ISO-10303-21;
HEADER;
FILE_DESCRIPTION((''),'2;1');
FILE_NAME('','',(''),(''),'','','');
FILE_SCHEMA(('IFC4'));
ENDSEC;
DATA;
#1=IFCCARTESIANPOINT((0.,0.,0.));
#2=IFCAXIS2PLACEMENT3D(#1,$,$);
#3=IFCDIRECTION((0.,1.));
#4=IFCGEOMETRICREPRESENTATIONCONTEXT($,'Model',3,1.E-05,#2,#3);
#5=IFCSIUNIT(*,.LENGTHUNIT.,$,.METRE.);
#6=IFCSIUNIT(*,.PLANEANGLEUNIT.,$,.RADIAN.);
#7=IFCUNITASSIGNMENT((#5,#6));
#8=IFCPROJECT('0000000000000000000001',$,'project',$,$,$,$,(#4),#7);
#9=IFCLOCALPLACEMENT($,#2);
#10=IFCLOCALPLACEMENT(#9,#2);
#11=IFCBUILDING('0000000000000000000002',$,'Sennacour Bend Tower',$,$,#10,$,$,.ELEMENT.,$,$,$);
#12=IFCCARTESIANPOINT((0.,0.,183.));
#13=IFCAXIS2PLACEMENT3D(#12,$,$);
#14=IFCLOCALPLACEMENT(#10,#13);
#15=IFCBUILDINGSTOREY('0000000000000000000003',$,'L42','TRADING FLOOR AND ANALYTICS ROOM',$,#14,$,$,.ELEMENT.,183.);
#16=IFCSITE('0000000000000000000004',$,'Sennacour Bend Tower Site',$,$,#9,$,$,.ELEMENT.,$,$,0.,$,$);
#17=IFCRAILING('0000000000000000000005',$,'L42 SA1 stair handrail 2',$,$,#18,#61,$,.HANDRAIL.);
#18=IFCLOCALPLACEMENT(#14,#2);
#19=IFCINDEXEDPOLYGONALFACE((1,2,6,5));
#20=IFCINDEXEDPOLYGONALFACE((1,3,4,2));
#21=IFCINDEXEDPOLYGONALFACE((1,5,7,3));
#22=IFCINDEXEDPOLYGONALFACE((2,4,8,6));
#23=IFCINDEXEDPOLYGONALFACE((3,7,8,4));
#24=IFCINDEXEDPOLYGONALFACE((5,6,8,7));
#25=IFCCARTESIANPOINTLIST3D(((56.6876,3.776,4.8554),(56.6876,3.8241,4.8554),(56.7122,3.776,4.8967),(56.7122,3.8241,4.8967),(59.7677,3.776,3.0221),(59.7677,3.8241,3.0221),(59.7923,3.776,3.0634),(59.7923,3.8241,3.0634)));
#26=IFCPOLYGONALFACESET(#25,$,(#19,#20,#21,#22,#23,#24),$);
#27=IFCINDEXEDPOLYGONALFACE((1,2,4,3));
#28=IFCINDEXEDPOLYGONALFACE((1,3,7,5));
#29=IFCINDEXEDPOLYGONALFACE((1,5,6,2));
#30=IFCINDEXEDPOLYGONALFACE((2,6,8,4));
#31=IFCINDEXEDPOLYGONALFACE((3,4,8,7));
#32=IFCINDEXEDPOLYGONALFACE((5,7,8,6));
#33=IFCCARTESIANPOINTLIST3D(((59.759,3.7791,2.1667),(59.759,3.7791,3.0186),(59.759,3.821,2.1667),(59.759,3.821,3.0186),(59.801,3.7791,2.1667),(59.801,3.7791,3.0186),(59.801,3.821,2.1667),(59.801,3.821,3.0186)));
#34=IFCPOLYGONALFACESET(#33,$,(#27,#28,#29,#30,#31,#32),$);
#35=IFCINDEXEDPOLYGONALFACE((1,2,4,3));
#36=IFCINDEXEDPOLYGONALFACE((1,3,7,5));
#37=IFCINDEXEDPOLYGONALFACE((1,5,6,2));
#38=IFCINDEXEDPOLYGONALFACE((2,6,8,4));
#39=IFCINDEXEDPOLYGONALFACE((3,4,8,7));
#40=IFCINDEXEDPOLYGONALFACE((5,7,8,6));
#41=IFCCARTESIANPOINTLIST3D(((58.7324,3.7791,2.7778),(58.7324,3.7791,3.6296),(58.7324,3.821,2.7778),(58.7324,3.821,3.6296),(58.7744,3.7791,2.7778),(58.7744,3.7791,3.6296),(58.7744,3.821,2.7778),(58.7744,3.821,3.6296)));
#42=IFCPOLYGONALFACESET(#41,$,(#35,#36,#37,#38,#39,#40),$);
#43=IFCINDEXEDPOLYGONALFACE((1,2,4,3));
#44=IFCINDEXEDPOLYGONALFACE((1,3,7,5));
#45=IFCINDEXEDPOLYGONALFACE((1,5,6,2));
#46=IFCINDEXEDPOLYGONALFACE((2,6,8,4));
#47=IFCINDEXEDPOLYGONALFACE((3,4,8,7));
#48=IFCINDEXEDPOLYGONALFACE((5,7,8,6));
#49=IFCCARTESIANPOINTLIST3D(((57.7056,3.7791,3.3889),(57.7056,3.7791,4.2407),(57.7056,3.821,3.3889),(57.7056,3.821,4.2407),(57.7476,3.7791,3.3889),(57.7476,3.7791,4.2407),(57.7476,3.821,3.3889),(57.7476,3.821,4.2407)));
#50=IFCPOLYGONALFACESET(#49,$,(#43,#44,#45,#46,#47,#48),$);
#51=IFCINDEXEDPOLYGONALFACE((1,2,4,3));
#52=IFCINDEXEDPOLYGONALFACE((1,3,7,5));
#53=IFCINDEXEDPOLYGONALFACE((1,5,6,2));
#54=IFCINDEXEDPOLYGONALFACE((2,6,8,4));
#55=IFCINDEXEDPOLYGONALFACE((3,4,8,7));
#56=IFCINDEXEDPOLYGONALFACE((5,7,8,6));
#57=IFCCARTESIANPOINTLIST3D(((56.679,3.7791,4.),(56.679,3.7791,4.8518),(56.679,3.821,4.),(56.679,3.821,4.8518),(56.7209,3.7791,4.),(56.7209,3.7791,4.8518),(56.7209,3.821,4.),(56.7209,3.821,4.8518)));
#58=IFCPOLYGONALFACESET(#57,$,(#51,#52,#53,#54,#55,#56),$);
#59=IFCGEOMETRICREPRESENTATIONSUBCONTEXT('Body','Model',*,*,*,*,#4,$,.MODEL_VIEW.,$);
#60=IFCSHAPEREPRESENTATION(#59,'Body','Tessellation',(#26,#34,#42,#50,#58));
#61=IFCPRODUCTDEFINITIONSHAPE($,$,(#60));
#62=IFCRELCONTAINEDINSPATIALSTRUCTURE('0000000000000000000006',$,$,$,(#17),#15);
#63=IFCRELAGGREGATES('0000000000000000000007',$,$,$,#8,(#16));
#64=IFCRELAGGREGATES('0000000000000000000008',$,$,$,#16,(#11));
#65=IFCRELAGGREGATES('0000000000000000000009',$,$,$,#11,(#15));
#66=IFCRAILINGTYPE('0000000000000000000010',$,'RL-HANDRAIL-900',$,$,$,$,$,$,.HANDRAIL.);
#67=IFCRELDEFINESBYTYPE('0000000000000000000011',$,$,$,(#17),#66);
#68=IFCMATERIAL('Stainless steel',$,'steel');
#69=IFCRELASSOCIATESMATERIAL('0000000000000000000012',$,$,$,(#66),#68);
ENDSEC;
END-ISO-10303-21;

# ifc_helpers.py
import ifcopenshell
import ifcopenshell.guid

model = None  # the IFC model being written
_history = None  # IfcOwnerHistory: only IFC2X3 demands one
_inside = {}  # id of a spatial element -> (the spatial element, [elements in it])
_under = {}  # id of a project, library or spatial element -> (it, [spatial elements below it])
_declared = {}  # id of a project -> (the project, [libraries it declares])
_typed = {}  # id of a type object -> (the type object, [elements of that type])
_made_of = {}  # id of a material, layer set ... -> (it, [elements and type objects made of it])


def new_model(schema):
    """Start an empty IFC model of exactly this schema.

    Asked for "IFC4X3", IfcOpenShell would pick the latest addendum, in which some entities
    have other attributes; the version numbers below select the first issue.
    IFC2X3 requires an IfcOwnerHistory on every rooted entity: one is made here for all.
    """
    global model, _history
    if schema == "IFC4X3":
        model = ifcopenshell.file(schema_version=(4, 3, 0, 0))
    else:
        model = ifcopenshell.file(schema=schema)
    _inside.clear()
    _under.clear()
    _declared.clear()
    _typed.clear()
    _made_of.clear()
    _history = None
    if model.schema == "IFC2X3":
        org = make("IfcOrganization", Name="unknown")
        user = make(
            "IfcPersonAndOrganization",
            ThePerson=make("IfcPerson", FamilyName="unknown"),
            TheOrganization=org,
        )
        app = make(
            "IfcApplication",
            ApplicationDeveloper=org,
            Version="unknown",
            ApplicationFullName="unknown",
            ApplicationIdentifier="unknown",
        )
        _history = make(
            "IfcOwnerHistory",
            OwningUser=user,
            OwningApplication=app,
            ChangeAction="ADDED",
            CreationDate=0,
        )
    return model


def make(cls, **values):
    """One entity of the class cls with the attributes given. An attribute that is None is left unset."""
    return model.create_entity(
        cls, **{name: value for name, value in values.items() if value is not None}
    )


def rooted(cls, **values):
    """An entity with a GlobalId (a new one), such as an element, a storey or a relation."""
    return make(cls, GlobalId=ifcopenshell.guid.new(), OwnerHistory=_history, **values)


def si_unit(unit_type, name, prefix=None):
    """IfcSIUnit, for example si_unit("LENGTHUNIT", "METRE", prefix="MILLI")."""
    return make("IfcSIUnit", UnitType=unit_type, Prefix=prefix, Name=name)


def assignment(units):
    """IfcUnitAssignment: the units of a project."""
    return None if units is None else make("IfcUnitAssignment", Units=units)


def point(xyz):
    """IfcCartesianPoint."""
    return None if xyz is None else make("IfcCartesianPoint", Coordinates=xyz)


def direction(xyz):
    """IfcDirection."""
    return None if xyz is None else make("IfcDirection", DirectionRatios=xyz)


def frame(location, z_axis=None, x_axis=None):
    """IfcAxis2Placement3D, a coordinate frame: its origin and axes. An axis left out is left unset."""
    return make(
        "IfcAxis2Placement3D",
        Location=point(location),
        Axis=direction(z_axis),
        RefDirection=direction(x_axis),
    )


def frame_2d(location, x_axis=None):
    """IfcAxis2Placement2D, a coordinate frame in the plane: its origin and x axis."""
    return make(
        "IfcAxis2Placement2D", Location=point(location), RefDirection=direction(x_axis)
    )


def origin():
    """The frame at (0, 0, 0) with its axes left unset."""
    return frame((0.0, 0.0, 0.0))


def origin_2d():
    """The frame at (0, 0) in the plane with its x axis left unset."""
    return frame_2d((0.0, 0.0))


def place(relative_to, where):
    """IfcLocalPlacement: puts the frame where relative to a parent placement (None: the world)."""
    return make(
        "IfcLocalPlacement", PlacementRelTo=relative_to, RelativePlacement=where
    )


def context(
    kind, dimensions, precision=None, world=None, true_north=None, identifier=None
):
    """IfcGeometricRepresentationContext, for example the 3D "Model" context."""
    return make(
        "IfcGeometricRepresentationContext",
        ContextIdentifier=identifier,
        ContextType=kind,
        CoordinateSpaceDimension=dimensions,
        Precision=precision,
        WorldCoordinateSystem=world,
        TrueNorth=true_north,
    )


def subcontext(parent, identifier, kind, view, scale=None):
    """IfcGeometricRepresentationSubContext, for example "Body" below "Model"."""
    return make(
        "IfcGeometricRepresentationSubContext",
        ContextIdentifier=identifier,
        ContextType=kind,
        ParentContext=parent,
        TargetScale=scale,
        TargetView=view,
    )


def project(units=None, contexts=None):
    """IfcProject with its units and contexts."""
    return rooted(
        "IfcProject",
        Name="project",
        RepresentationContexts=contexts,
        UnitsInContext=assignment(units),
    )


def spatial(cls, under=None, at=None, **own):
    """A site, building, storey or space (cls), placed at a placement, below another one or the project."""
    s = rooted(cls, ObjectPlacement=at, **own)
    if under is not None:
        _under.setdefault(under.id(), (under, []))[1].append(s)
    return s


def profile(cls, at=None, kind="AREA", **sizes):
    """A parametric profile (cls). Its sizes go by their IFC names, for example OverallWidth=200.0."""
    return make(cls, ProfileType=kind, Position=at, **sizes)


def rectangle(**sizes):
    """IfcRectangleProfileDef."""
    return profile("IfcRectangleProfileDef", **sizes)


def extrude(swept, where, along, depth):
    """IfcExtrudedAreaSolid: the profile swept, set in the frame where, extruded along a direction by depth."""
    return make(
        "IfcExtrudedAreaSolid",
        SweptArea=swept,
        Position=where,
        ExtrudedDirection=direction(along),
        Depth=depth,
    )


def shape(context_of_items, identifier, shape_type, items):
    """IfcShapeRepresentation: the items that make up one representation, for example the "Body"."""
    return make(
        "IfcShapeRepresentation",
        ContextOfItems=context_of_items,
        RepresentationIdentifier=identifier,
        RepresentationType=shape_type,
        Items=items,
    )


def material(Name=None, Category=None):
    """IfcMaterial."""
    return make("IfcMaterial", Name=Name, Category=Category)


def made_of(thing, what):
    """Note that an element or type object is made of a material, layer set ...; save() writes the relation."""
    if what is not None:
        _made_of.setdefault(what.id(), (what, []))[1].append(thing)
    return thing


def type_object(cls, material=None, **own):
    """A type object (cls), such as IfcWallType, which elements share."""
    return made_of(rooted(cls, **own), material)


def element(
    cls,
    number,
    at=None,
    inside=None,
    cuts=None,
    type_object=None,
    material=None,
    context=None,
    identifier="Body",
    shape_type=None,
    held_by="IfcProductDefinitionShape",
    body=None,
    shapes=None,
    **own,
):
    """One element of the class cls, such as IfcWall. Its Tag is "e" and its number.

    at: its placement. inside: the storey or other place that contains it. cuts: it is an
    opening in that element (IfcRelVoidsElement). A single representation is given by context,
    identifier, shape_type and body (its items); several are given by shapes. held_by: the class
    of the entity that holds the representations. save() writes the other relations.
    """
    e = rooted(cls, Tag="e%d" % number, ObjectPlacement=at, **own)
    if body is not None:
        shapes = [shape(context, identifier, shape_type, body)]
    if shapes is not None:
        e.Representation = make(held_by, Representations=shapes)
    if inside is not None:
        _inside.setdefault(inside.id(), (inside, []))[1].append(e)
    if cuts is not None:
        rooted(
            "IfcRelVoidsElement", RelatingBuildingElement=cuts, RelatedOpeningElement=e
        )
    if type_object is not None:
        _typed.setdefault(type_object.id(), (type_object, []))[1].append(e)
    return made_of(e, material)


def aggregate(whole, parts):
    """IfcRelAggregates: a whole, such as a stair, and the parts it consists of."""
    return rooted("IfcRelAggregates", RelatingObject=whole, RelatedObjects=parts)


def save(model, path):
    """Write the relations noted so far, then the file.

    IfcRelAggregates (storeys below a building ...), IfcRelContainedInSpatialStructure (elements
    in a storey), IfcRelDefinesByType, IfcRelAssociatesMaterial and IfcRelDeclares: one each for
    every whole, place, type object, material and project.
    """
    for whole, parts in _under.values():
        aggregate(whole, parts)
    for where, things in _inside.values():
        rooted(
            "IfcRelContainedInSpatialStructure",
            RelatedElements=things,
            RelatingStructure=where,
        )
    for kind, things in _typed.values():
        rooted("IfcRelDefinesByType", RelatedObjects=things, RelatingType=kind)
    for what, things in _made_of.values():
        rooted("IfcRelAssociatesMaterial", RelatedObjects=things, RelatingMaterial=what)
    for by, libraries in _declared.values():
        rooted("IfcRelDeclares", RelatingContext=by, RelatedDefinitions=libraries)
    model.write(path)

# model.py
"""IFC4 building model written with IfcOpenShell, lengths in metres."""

from ifc_helpers import new_model, si_unit, direction, frame, origin, origin_2d, place, context, subcontext, project, spatial, rectangle, extrude, material, type_object, element, save


model = new_model("IFC4")

# Units and contexts
model_context = context("Model", 3, precision=1e-05, world=origin(), true_north=direction((0.0, 1.0)))
body_context = subcontext(model_context, "Body", "Model", "MODEL_VIEW")
ifc_project = project(units=[si_unit("LENGTHUNIT", "METRE"), si_unit("PLANEANGLEUNIT", "RADIAN")], contexts=[model_context])

# Site, building, storey
site_placement = place(None, origin())
site = spatial("IfcSite", under=ifc_project, at=site_placement, Name="Sennacour Bend Tower Site", CompositionType="ELEMENT", RefElevation=0.0)
building_placement = place(site_placement, origin())
building = spatial("IfcBuilding", under=site, at=building_placement, Name="Sennacour Bend Tower", CompositionType="ELEMENT")
storey_placement = place(building_placement, frame((0.0, 0.0, 183.0)))
storey = spatial("IfcBuildingStorey", under=building, at=storey_placement, Name="L42", Description="TRADING FLOOR AND ANALYTICS ROOM", CompositionType="ELEMENT", Elevation=183.0)

# Shared definitions
ifc_material_1 = material(Name="Stainless steel", Category="steel")

# Railing
railing_type_1 = type_object("IfcRailingType", Name="RL-HANDRAIL-900", PredefinedType="HANDRAIL", material=ifc_material_1)
railing_1_placement = place(storey_placement, frame((59.78, 3.8, 2.1667)))
element("IfcRailing", 1, at=railing_1_placement, inside=storey, type_object=railing_type_1, Name="L42 SA1 stair handrail 2", PredefinedType="HANDRAIL", context=body_context, shape_type="SweptSolid", body=[
    extrude(rectangle(XDim=0.0481, YDim=0.0481, at=origin_2d()), frame((0.0, 0.0, 0.876), z_axis=(-0.859309, 0.0, 0.511458), x_axis=(0.0, -1.0, 0.0)), (0.0, 0.0, 1.0), 3.5845),
    extrude(rectangle(XDim=0.042, YDim=0.042, at=origin_2d()), origin(), (0.0, 0.0, 1.0), 0.8518),
    extrude(rectangle(XDim=0.042, YDim=0.042, at=origin_2d()), frame((-1.0266, 0.0, 0.6111)), (0.0, 0.0, 1.0), 0.8518),
    extrude(rectangle(XDim=0.042, YDim=0.042, at=origin_2d()), frame((-2.0535, 0.0, 1.2222)), (0.0, 0.0, 1.0), 0.8518),
    extrude(rectangle(XDim=0.042, YDim=0.042, at=origin_2d()), frame((-3.0801, 0.0, 1.8333)), (0.0, 0.0, 1.0), 0.8518),
])

save(model, "model.ifc")
